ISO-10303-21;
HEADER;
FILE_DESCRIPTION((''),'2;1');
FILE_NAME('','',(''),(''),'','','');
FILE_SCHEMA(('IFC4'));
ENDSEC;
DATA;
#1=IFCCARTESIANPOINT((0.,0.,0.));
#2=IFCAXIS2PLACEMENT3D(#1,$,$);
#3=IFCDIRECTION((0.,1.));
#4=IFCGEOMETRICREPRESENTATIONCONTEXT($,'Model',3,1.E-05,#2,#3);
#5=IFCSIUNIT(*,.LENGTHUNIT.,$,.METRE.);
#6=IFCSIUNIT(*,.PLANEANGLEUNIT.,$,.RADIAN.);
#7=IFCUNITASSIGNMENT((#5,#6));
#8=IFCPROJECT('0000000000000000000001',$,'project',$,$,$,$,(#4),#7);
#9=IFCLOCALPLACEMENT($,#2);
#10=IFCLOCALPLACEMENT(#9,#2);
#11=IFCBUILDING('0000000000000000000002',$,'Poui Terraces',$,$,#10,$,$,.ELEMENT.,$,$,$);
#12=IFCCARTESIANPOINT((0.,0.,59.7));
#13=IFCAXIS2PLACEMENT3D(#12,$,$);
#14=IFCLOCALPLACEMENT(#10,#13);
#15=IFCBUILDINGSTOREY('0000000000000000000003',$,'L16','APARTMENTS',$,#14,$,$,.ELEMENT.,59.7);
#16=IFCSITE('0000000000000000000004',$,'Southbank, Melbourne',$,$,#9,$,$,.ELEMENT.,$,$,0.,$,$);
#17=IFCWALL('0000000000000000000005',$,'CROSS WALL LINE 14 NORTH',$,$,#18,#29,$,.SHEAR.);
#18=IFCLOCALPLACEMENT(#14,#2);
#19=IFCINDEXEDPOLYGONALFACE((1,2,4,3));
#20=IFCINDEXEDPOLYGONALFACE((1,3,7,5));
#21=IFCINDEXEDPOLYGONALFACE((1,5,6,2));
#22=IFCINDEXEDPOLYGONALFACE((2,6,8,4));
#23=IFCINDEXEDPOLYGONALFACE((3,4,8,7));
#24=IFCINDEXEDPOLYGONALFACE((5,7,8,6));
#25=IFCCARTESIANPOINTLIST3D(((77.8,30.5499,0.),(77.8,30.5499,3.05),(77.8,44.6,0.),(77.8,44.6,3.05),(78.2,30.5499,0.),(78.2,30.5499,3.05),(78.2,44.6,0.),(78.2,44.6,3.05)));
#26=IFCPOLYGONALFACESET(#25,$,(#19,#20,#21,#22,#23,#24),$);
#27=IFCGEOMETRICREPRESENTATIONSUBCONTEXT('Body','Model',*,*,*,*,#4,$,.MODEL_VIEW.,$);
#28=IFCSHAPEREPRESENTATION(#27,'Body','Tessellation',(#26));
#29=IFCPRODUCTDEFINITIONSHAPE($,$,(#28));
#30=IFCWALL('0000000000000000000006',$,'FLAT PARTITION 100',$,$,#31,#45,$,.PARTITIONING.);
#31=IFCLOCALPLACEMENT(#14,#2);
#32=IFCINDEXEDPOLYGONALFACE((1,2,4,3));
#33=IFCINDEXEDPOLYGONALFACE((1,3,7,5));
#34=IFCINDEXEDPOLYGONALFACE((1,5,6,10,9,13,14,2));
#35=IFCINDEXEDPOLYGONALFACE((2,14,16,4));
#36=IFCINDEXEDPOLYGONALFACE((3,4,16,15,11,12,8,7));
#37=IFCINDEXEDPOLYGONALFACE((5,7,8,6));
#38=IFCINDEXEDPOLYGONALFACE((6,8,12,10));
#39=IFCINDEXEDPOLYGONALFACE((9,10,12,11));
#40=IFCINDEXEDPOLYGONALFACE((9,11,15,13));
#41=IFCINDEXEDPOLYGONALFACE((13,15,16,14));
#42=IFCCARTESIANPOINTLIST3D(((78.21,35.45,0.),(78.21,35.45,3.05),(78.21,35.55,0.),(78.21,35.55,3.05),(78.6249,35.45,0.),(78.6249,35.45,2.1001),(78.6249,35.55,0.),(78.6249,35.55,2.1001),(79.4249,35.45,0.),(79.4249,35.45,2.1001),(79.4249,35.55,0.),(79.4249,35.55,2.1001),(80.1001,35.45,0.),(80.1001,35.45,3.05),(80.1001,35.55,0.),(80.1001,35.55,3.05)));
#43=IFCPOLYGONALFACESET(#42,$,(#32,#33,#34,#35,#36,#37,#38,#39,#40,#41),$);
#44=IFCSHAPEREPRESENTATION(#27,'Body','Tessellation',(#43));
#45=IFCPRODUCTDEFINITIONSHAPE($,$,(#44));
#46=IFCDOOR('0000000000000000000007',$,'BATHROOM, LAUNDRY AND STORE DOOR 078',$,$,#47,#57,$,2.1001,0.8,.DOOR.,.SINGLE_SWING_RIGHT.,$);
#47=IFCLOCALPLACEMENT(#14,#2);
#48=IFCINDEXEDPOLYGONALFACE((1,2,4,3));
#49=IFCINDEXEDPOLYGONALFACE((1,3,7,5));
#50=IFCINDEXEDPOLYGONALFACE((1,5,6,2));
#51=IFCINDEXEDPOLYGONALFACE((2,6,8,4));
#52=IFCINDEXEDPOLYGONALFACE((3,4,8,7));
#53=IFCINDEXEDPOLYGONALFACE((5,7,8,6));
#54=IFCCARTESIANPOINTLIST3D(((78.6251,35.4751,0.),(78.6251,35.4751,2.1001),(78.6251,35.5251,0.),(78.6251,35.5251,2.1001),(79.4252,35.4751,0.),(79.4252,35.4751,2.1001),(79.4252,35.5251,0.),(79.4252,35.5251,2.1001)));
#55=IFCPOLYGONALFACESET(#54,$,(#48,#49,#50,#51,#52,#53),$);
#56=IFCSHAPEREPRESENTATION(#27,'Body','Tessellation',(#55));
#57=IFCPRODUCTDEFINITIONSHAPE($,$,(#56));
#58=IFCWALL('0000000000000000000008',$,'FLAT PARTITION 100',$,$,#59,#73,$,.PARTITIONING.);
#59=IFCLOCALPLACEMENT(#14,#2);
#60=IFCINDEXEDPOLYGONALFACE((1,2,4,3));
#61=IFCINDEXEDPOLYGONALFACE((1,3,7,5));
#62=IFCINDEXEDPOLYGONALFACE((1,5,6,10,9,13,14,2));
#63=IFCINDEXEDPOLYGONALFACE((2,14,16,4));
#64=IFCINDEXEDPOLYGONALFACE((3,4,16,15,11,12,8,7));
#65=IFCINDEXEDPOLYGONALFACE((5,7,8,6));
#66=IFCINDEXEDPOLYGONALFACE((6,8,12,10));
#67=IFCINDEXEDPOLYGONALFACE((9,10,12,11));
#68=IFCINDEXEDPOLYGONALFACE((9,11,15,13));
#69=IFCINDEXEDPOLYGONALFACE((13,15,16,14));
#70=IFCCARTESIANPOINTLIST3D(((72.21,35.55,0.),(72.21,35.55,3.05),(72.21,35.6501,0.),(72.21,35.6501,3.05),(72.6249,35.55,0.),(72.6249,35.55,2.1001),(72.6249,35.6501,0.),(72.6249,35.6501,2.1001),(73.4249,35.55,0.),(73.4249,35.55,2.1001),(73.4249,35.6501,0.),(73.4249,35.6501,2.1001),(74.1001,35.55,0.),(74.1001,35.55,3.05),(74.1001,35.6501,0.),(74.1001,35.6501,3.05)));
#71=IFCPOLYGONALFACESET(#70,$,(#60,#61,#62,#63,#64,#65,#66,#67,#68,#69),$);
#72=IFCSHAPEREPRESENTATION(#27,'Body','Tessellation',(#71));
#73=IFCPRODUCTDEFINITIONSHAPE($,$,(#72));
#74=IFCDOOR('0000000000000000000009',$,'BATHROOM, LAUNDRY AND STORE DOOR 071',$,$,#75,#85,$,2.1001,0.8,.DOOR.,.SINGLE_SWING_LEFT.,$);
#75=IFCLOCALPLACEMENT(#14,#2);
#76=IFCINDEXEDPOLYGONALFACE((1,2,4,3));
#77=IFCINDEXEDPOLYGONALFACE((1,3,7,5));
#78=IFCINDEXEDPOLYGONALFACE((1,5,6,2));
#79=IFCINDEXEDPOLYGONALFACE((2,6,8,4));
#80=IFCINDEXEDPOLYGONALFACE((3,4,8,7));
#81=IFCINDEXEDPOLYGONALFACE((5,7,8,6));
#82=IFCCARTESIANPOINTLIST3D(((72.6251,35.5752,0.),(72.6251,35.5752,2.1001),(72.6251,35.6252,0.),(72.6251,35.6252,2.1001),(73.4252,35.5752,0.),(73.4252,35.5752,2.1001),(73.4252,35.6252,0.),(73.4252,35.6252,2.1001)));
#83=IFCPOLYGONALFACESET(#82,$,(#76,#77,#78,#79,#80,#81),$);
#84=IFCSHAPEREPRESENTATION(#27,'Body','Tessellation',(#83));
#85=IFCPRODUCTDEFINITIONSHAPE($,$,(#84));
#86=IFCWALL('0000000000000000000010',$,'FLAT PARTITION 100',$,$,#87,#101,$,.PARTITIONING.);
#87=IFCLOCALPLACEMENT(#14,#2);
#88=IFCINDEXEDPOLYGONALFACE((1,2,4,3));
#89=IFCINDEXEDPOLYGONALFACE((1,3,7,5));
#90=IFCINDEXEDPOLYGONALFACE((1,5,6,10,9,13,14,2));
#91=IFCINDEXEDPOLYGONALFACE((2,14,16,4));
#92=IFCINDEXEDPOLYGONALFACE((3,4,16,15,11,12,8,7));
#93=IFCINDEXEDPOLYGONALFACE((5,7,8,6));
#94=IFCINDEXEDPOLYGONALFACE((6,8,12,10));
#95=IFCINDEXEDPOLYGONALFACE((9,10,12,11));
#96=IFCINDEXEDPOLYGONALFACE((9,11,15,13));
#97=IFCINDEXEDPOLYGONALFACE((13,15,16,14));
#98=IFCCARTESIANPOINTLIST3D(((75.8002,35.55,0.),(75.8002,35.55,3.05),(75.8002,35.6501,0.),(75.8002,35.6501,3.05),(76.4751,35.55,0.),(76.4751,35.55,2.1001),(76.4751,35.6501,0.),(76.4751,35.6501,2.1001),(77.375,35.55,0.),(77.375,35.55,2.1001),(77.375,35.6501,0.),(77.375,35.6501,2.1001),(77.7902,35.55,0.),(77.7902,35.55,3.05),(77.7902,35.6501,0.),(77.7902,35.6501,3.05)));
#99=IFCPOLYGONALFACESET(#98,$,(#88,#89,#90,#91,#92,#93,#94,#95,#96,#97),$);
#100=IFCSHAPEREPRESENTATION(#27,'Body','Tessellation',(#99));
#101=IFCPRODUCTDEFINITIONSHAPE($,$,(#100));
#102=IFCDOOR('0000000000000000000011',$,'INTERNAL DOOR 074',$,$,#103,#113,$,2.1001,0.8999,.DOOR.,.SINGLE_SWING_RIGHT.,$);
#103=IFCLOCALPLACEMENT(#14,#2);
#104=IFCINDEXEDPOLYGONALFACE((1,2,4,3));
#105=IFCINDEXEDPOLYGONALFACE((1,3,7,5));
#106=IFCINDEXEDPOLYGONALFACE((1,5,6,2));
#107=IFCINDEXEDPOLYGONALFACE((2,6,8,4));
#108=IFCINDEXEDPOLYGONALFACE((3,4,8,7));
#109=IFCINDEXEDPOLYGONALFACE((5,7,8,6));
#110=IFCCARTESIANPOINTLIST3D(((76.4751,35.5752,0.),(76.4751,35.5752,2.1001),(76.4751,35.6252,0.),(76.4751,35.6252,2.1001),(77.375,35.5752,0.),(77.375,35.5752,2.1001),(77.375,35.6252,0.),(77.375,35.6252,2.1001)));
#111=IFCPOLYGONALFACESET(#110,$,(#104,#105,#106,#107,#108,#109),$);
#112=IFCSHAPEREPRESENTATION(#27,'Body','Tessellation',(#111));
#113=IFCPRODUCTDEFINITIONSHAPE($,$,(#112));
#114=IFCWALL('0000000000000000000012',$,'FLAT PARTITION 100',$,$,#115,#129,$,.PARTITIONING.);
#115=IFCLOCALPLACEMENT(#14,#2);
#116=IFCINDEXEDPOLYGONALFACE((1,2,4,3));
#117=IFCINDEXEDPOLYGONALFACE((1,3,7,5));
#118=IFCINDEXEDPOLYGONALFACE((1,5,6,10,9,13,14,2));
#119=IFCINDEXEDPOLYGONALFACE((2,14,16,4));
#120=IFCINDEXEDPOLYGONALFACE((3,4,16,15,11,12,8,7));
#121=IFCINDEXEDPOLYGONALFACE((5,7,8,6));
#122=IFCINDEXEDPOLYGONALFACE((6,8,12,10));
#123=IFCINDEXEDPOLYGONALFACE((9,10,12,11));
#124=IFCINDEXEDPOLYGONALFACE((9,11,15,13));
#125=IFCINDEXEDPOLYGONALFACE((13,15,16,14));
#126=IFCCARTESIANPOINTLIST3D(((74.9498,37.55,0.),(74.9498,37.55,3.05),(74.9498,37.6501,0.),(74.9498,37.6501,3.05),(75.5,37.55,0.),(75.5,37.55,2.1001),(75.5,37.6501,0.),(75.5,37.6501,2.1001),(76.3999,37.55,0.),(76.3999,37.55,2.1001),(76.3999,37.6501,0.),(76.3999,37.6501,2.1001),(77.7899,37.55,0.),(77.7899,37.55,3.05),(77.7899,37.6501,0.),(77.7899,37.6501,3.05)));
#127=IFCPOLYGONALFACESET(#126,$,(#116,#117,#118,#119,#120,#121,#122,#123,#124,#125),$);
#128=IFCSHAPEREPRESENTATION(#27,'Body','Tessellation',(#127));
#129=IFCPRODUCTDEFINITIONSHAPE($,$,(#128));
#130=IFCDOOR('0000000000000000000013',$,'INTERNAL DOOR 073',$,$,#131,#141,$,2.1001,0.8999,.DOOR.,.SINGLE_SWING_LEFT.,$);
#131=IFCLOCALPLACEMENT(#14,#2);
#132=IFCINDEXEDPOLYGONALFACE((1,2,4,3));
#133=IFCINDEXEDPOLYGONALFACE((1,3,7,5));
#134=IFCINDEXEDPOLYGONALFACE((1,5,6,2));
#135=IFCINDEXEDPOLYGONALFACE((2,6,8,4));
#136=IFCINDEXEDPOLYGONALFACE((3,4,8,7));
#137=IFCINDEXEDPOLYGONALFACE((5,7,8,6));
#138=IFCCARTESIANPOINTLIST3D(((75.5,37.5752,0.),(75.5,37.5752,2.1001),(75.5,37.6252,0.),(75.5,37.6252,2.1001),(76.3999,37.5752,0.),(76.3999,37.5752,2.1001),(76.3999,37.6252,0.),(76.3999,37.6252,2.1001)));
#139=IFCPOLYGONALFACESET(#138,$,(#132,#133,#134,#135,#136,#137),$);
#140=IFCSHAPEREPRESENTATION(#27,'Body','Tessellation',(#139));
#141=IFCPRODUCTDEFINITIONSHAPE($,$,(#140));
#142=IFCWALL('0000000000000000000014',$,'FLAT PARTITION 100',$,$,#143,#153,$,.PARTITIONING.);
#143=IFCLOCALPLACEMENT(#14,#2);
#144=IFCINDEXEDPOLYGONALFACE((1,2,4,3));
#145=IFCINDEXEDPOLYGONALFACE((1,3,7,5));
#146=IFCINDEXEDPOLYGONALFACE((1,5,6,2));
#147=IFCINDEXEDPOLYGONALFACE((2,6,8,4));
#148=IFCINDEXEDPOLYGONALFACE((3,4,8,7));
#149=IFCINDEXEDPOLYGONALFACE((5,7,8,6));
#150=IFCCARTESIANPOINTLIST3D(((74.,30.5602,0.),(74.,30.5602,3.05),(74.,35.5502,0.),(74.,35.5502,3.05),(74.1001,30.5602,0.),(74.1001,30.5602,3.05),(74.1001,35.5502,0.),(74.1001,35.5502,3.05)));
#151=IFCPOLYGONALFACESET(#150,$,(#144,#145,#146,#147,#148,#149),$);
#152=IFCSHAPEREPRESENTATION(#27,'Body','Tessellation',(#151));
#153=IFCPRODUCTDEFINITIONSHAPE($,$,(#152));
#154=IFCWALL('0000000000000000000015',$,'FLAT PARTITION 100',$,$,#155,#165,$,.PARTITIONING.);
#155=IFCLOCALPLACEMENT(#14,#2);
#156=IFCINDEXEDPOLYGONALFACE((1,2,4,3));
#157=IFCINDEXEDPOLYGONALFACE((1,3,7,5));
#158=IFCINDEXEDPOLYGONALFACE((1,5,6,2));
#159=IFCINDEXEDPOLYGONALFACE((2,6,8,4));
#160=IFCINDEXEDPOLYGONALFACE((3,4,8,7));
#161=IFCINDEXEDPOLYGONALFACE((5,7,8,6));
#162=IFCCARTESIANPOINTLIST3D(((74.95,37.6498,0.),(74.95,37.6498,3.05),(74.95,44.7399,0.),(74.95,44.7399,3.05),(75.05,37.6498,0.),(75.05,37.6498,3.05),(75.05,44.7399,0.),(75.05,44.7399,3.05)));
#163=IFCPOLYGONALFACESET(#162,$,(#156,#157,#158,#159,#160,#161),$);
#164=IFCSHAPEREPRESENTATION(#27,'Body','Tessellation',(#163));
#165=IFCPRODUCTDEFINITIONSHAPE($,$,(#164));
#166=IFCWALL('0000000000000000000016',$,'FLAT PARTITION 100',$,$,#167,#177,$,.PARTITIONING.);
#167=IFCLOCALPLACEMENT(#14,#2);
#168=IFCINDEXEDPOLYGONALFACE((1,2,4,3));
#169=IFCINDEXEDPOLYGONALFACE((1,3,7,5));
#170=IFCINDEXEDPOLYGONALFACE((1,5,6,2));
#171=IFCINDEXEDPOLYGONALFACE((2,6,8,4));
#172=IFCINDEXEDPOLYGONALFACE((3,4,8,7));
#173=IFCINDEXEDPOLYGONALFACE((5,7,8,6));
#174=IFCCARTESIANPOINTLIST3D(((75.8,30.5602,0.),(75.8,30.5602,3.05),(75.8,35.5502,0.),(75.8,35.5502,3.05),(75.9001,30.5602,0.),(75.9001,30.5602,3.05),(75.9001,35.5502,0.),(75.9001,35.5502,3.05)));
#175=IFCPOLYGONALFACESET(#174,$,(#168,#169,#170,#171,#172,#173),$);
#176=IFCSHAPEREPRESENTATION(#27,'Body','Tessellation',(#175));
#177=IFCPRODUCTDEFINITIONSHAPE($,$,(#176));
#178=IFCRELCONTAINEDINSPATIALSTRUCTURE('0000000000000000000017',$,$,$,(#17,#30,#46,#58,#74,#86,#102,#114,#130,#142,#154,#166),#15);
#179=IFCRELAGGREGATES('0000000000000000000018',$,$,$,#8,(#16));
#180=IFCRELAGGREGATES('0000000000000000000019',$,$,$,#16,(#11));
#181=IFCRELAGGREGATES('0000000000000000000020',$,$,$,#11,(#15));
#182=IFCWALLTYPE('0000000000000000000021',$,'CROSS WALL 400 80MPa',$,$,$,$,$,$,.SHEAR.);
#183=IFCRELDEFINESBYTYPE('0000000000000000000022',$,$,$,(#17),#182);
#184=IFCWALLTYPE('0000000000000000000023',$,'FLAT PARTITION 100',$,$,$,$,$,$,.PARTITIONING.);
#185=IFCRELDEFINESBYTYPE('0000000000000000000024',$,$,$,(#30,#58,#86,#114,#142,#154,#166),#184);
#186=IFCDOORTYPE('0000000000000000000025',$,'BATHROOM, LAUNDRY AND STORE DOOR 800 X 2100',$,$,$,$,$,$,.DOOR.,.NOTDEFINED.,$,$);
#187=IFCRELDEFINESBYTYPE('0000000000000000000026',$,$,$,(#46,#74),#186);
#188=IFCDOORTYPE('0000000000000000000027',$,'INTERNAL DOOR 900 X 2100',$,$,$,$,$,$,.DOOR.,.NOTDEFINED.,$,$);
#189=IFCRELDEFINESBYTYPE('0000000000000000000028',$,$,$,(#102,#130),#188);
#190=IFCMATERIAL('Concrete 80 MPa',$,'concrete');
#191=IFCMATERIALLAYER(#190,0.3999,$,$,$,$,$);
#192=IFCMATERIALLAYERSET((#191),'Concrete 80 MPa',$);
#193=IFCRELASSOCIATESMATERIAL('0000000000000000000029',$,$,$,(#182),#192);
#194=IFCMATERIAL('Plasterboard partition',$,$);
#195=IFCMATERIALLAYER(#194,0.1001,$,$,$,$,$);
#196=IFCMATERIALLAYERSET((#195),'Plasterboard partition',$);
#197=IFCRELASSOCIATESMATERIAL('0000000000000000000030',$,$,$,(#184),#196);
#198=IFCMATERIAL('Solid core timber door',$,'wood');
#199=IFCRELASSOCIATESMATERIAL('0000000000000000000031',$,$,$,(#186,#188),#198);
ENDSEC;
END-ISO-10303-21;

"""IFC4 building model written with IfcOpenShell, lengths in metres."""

from ifc_helpers import new_model, si_unit, direction, frame, frame_2d, origin, place, context, subcontext, project, spatial, rectangle, extrude, material, layer, layer_set, type_object, element, fill, save


model = new_model("IFC4")

# Units and contexts
model_context = context("Model", 3, precision=1e-05, world=origin(), true_north=direction((0.0, 1.0)))
body_context = subcontext(model_context, "Body", "Model", "MODEL_VIEW")
ifc_project = project(units=[si_unit("LENGTHUNIT", "METRE"), si_unit("PLANEANGLEUNIT", "RADIAN")], contexts=[model_context])

# Site, building, storey
site_placement = place(None, origin())
site = spatial("IfcSite", under=ifc_project, at=site_placement, Name="Southbank, Melbourne", CompositionType="ELEMENT", RefElevation=0.0)
building_placement = place(site_placement, origin())
building = spatial("IfcBuilding", under=site, at=building_placement, Name="Poui Terraces", CompositionType="ELEMENT")
storey_placement = place(building_placement, frame((0.0, 0.0, 59.7)))
storey = spatial("IfcBuildingStorey", under=building, at=storey_placement, Name="L16", Description="APARTMENTS", CompositionType="ELEMENT", Elevation=59.7)

# Wall
ifc_material_1 = material(Name="Concrete 80 MPa", Category="concrete")
ifc_layer_1 = layer(ifc_material_1, 0.3999)
ifc_layer_set_1 = layer_set([ifc_layer_1], Name="Concrete 80 MPa")
wall_type_1 = type_object("IfcWallType", Name="CROSS WALL 400 80MPa", PredefinedType="SHEAR", material=ifc_layer_set_1)
wall_1_placement = place(storey_placement, frame((78.0, 30.55, 0.0), z_axis=(0.0, 0.0, 1.0), x_axis=(0.0, 1.0, 0.0)))
element("IfcWall", 1, at=wall_1_placement, inside=storey, type_object=wall_type_1, Name="CROSS WALL LINE 14 NORTH", PredefinedType="SHEAR", context=body_context, shape_type="SweptSolid", body=[
    extrude(rectangle(XDim=14.05, YDim=0.3999, at=frame_2d((7.0249, 0.0))), origin(), (0.0, 0.0, 1.0), 3.05),
])

# Walls, openings, doors
ifc_material_2 = material(Name="Plasterboard partition")
ifc_layer_2 = layer(ifc_material_2, 0.1001)
ifc_layer_set_2 = layer_set([ifc_layer_2], Name="Plasterboard partition")
wall_type_2 = type_object("IfcWallType", Name="FLAT PARTITION 100", PredefinedType="PARTITIONING", material=ifc_layer_set_2)
wall_2_placement = place(storey_placement, frame((78.21, 35.5, 0.0), z_axis=(0.0, 0.0, 1.0), x_axis=(1.0, 0.0, 0.0)))
wall_2 = element("IfcWall", 2, at=wall_2_placement, inside=storey, type_object=wall_type_2, Name="FLAT PARTITION 100", PredefinedType="PARTITIONING", context=body_context, shape_type="SweptSolid", body=[
    extrude(rectangle(XDim=1.8901, YDim=0.1001, at=frame_2d((0.9451, 0.0))), origin(), (0.0, 0.0, 1.0), 3.05),
])
opening_1_placement = place(wall_2_placement, frame((0.415, 0.0, 0.0)))
opening_1 = element("IfcOpeningElement", 3, at=opening_1_placement, cuts=wall_2, PredefinedType="OPENING", context=body_context, shape_type="SweptSolid", body=[
    extrude(rectangle(XDim=0.8, YDim=2.1001, at=frame_2d((0.3999, 1.05))), frame((0.0, 0.0601, 0.0), z_axis=(0.0, -1.0, 0.0), x_axis=(1.0, 0.0, 0.0)), (0.0, 0.0, 1.0), 0.1201),
])
ifc_material_3 = material(Name="Solid core timber door", Category="wood")
door_type_1 = type_object("IfcDoorType", Name="BATHROOM, LAUNDRY AND STORE DOOR 800 X 2100", OperationType="NOTDEFINED", PredefinedType="DOOR", material=ifc_material_3)
door_1_placement = place(opening_1_placement, frame((0.8, 0.0, 0.0), z_axis=(0.0, 0.0, 1.0), x_axis=(-1.0, 0.0, 0.0)))
door_1 = element("IfcDoor", 4, at=door_1_placement, inside=storey, type_object=door_type_1, Name="BATHROOM, LAUNDRY AND STORE DOOR 078", OperationType="SINGLE_SWING_RIGHT", OverallHeight=2.1001, OverallWidth=0.8, PredefinedType="DOOR", context=body_context, shape_type="SweptSolid", body=[
    extrude(rectangle(XDim=0.8, YDim=2.1001, at=frame_2d((0.3999, 1.05))), frame((0.0, 0.0249, 0.0), z_axis=(0.0, -1.0, 0.0), x_axis=(1.0, 0.0, 0.0)), (0.0, 0.0, 1.0), 0.05),
])
fill(opening_1, door_1)
wall_3_placement = place(storey_placement, frame((72.21, 35.6001, 0.0), z_axis=(0.0, 0.0, 1.0), x_axis=(1.0, 0.0, 0.0)))
wall_3 = element("IfcWall", 5, at=wall_3_placement, inside=storey, type_object=wall_type_2, Name="FLAT PARTITION 100", PredefinedType="PARTITIONING", context=body_context, shape_type="SweptSolid", body=[
    extrude(rectangle(XDim=1.8901, YDim=0.1001, at=frame_2d((0.9451, 0.0))), origin(), (0.0, 0.0, 1.0), 3.05),
])
opening_2_placement = place(wall_3_placement, frame((0.415, 0.0, 0.0)))
opening_2 = element("IfcOpeningElement", 6, at=opening_2_placement, cuts=wall_3, PredefinedType="OPENING", context=body_context, shape_type="SweptSolid", body=[
    extrude(rectangle(XDim=0.8, YDim=2.1001, at=frame_2d((0.3999, 1.05))), frame((0.0, 0.0601, 0.0), z_axis=(0.0, -1.0, 0.0), x_axis=(1.0, 0.0, 0.0)), (0.0, 0.0, 1.0), 0.1201),
])
door_2_placement = place(opening_2_placement, frame((0.8, 0.0, 0.0), z_axis=(0.0, 0.0, 1.0), x_axis=(-1.0, 0.0, 0.0)))
door_2 = element("IfcDoor", 7, at=door_2_placement, inside=storey, type_object=door_type_1, Name="BATHROOM, LAUNDRY AND STORE DOOR 071", OperationType="SINGLE_SWING_LEFT", OverallHeight=2.1001, OverallWidth=0.8, PredefinedType="DOOR", context=body_context, shape_type="SweptSolid", body=[
    extrude(rectangle(XDim=0.8, YDim=2.1001, at=frame_2d((0.3999, 1.05))), frame((0.0, 0.0249, 0.0), z_axis=(0.0, -1.0, 0.0), x_axis=(1.0, 0.0, 0.0)), (0.0, 0.0, 1.0), 0.05),
])
fill(opening_2, door_2)
wall_4_placement = place(storey_placement, frame((75.8, 35.6001, 0.0), z_axis=(0.0, 0.0, 1.0), x_axis=(1.0, 0.0, 0.0)))
wall_4 = element("IfcWall", 8, at=wall_4_placement, inside=storey, type_object=wall_type_2, Name="FLAT PARTITION 100", PredefinedType="PARTITIONING", context=body_context, shape_type="SweptSolid", body=[
    extrude(rectangle(XDim=1.99, YDim=0.1001, at=frame_2d((0.9951, 0.0))), origin(), (0.0, 0.0, 1.0), 3.05),
])
opening_3_placement = place(wall_4_placement, frame((0.675, 0.0, 0.0)))
opening_3 = element("IfcOpeningElement", 9, at=opening_3_placement, cuts=wall_4, PredefinedType="OPENING", context=body_context, shape_type="SweptSolid", body=[
    extrude(rectangle(XDim=0.8999, YDim=2.1001, at=frame_2d((0.45, 1.05))), frame((0.0, 0.0601, 0.0), z_axis=(0.0, -1.0, 0.0), x_axis=(1.0, 0.0, 0.0)), (0.0, 0.0, 1.0), 0.1201),
])
door_type_2 = type_object("IfcDoorType", Name="INTERNAL DOOR 900 X 2100", OperationType="NOTDEFINED", PredefinedType="DOOR", material=ifc_material_3)
door_3_placement = place(opening_3_placement, frame((0.8999, 0.0, 0.0), z_axis=(0.0, 0.0, 1.0), x_axis=(-1.0, 0.0, 0.0)))
door_3 = element("IfcDoor", 10, at=door_3_placement, inside=storey, type_object=door_type_2, Name="INTERNAL DOOR 074", OperationType="SINGLE_SWING_RIGHT", OverallHeight=2.1001, OverallWidth=0.8999, PredefinedType="DOOR", context=body_context, shape_type="SweptSolid", body=[
    extrude(rectangle(XDim=0.8999, YDim=2.1001, at=frame_2d((0.45, 1.05))), frame((0.0, 0.0249, 0.0), z_axis=(0.0, -1.0, 0.0), x_axis=(1.0, 0.0, 0.0)), (0.0, 0.0, 1.0), 0.05),
])
fill(opening_3, door_3)
wall_5_placement = place(storey_placement, frame((74.95, 37.6001, 0.0), z_axis=(0.0, 0.0, 1.0), x_axis=(1.0, 0.0, 0.0)))
wall_5 = element("IfcWall", 11, at=wall_5_placement, inside=storey, type_object=wall_type_2, Name="FLAT PARTITION 100", PredefinedType="PARTITIONING", context=body_context, shape_type="SweptSolid", body=[
    extrude(rectangle(XDim=2.8401, YDim=0.1001, at=frame_2d((1.4199, 0.0))), origin(), (0.0, 0.0, 1.0), 3.05),
])
opening_4_placement = place(wall_5_placement, frame((0.55, 0.0, 0.0)))
opening_4 = element("IfcOpeningElement", 12, at=opening_4_placement, cuts=wall_5, PredefinedType="OPENING", context=body_context, shape_type="SweptSolid", body=[
    extrude(rectangle(XDim=0.8999, YDim=2.1001, at=frame_2d((0.45, 1.05))), frame((0.0, 0.0601, 0.0), z_axis=(0.0, -1.0, 0.0), x_axis=(1.0, 0.0, 0.0)), (0.0, 0.0, 1.0), 0.1201),
])
door_4_placement = place(opening_4_placement, frame((0.8999, 0.0, 0.0), z_axis=(0.0, 0.0, 1.0), x_axis=(-1.0, 0.0, 0.0)))
door_4 = element("IfcDoor", 13, at=door_4_placement, inside=storey, type_object=door_type_2, Name="INTERNAL DOOR 073", OperationType="SINGLE_SWING_LEFT", OverallHeight=2.1001, OverallWidth=0.8999, PredefinedType="DOOR", context=body_context, shape_type="SweptSolid", body=[
    extrude(rectangle(XDim=0.8999, YDim=2.1001, at=frame_2d((0.45, 1.05))), frame((0.0, 0.0249, 0.0), z_axis=(0.0, -1.0, 0.0), x_axis=(1.0, 0.0, 0.0)), (0.0, 0.0, 1.0), 0.05),
])
fill(opening_4, door_4)

# Walls
wall_6_placement = place(storey_placement, frame((74.05, 30.5601, 0.0), z_axis=(0.0, 0.0, 1.0), x_axis=(0.0, 1.0, 0.0)))
element("IfcWall", 14, at=wall_6_placement, inside=storey, type_object=wall_type_2, Name="FLAT PARTITION 100", PredefinedType="PARTITIONING", context=body_context, shape_type="SweptSolid", body=[
    extrude(rectangle(XDim=4.99, YDim=0.1001, at=frame_2d((2.4951, 0.0))), origin(), (0.0, 0.0, 1.0), 3.05),
])
wall_7_placement = place(storey_placement, frame((75.0, 37.6499, 0.0), z_axis=(0.0, 0.0, 1.0), x_axis=(0.0, 1.0, 0.0)))
element("IfcWall", 15, at=wall_7_placement, inside=storey, type_object=wall_type_2, Name="FLAT PARTITION 100", PredefinedType="PARTITIONING", context=body_context, shape_type="SweptSolid", body=[
    extrude(rectangle(XDim=7.0901, YDim=0.1001, at=frame_2d((3.5449, 0.0))), origin(), (0.0, 0.0, 1.0), 3.05),
])
wall_8_placement = place(storey_placement, frame((75.8501, 30.5601, 0.0), z_axis=(0.0, 0.0, 1.0), x_axis=(0.0, 1.0, 0.0)))
element("IfcWall", 16, at=wall_8_placement, inside=storey, type_object=wall_type_2, Name="FLAT PARTITION 100", PredefinedType="PARTITIONING", context=body_context, shape_type="SweptSolid", body=[
    extrude(rectangle(XDim=4.99, YDim=0.1001, at=frame_2d((2.4951, 0.0))), origin(), (0.0, 0.0, 1.0), 3.05),
])

save(model, "model.ifc")
